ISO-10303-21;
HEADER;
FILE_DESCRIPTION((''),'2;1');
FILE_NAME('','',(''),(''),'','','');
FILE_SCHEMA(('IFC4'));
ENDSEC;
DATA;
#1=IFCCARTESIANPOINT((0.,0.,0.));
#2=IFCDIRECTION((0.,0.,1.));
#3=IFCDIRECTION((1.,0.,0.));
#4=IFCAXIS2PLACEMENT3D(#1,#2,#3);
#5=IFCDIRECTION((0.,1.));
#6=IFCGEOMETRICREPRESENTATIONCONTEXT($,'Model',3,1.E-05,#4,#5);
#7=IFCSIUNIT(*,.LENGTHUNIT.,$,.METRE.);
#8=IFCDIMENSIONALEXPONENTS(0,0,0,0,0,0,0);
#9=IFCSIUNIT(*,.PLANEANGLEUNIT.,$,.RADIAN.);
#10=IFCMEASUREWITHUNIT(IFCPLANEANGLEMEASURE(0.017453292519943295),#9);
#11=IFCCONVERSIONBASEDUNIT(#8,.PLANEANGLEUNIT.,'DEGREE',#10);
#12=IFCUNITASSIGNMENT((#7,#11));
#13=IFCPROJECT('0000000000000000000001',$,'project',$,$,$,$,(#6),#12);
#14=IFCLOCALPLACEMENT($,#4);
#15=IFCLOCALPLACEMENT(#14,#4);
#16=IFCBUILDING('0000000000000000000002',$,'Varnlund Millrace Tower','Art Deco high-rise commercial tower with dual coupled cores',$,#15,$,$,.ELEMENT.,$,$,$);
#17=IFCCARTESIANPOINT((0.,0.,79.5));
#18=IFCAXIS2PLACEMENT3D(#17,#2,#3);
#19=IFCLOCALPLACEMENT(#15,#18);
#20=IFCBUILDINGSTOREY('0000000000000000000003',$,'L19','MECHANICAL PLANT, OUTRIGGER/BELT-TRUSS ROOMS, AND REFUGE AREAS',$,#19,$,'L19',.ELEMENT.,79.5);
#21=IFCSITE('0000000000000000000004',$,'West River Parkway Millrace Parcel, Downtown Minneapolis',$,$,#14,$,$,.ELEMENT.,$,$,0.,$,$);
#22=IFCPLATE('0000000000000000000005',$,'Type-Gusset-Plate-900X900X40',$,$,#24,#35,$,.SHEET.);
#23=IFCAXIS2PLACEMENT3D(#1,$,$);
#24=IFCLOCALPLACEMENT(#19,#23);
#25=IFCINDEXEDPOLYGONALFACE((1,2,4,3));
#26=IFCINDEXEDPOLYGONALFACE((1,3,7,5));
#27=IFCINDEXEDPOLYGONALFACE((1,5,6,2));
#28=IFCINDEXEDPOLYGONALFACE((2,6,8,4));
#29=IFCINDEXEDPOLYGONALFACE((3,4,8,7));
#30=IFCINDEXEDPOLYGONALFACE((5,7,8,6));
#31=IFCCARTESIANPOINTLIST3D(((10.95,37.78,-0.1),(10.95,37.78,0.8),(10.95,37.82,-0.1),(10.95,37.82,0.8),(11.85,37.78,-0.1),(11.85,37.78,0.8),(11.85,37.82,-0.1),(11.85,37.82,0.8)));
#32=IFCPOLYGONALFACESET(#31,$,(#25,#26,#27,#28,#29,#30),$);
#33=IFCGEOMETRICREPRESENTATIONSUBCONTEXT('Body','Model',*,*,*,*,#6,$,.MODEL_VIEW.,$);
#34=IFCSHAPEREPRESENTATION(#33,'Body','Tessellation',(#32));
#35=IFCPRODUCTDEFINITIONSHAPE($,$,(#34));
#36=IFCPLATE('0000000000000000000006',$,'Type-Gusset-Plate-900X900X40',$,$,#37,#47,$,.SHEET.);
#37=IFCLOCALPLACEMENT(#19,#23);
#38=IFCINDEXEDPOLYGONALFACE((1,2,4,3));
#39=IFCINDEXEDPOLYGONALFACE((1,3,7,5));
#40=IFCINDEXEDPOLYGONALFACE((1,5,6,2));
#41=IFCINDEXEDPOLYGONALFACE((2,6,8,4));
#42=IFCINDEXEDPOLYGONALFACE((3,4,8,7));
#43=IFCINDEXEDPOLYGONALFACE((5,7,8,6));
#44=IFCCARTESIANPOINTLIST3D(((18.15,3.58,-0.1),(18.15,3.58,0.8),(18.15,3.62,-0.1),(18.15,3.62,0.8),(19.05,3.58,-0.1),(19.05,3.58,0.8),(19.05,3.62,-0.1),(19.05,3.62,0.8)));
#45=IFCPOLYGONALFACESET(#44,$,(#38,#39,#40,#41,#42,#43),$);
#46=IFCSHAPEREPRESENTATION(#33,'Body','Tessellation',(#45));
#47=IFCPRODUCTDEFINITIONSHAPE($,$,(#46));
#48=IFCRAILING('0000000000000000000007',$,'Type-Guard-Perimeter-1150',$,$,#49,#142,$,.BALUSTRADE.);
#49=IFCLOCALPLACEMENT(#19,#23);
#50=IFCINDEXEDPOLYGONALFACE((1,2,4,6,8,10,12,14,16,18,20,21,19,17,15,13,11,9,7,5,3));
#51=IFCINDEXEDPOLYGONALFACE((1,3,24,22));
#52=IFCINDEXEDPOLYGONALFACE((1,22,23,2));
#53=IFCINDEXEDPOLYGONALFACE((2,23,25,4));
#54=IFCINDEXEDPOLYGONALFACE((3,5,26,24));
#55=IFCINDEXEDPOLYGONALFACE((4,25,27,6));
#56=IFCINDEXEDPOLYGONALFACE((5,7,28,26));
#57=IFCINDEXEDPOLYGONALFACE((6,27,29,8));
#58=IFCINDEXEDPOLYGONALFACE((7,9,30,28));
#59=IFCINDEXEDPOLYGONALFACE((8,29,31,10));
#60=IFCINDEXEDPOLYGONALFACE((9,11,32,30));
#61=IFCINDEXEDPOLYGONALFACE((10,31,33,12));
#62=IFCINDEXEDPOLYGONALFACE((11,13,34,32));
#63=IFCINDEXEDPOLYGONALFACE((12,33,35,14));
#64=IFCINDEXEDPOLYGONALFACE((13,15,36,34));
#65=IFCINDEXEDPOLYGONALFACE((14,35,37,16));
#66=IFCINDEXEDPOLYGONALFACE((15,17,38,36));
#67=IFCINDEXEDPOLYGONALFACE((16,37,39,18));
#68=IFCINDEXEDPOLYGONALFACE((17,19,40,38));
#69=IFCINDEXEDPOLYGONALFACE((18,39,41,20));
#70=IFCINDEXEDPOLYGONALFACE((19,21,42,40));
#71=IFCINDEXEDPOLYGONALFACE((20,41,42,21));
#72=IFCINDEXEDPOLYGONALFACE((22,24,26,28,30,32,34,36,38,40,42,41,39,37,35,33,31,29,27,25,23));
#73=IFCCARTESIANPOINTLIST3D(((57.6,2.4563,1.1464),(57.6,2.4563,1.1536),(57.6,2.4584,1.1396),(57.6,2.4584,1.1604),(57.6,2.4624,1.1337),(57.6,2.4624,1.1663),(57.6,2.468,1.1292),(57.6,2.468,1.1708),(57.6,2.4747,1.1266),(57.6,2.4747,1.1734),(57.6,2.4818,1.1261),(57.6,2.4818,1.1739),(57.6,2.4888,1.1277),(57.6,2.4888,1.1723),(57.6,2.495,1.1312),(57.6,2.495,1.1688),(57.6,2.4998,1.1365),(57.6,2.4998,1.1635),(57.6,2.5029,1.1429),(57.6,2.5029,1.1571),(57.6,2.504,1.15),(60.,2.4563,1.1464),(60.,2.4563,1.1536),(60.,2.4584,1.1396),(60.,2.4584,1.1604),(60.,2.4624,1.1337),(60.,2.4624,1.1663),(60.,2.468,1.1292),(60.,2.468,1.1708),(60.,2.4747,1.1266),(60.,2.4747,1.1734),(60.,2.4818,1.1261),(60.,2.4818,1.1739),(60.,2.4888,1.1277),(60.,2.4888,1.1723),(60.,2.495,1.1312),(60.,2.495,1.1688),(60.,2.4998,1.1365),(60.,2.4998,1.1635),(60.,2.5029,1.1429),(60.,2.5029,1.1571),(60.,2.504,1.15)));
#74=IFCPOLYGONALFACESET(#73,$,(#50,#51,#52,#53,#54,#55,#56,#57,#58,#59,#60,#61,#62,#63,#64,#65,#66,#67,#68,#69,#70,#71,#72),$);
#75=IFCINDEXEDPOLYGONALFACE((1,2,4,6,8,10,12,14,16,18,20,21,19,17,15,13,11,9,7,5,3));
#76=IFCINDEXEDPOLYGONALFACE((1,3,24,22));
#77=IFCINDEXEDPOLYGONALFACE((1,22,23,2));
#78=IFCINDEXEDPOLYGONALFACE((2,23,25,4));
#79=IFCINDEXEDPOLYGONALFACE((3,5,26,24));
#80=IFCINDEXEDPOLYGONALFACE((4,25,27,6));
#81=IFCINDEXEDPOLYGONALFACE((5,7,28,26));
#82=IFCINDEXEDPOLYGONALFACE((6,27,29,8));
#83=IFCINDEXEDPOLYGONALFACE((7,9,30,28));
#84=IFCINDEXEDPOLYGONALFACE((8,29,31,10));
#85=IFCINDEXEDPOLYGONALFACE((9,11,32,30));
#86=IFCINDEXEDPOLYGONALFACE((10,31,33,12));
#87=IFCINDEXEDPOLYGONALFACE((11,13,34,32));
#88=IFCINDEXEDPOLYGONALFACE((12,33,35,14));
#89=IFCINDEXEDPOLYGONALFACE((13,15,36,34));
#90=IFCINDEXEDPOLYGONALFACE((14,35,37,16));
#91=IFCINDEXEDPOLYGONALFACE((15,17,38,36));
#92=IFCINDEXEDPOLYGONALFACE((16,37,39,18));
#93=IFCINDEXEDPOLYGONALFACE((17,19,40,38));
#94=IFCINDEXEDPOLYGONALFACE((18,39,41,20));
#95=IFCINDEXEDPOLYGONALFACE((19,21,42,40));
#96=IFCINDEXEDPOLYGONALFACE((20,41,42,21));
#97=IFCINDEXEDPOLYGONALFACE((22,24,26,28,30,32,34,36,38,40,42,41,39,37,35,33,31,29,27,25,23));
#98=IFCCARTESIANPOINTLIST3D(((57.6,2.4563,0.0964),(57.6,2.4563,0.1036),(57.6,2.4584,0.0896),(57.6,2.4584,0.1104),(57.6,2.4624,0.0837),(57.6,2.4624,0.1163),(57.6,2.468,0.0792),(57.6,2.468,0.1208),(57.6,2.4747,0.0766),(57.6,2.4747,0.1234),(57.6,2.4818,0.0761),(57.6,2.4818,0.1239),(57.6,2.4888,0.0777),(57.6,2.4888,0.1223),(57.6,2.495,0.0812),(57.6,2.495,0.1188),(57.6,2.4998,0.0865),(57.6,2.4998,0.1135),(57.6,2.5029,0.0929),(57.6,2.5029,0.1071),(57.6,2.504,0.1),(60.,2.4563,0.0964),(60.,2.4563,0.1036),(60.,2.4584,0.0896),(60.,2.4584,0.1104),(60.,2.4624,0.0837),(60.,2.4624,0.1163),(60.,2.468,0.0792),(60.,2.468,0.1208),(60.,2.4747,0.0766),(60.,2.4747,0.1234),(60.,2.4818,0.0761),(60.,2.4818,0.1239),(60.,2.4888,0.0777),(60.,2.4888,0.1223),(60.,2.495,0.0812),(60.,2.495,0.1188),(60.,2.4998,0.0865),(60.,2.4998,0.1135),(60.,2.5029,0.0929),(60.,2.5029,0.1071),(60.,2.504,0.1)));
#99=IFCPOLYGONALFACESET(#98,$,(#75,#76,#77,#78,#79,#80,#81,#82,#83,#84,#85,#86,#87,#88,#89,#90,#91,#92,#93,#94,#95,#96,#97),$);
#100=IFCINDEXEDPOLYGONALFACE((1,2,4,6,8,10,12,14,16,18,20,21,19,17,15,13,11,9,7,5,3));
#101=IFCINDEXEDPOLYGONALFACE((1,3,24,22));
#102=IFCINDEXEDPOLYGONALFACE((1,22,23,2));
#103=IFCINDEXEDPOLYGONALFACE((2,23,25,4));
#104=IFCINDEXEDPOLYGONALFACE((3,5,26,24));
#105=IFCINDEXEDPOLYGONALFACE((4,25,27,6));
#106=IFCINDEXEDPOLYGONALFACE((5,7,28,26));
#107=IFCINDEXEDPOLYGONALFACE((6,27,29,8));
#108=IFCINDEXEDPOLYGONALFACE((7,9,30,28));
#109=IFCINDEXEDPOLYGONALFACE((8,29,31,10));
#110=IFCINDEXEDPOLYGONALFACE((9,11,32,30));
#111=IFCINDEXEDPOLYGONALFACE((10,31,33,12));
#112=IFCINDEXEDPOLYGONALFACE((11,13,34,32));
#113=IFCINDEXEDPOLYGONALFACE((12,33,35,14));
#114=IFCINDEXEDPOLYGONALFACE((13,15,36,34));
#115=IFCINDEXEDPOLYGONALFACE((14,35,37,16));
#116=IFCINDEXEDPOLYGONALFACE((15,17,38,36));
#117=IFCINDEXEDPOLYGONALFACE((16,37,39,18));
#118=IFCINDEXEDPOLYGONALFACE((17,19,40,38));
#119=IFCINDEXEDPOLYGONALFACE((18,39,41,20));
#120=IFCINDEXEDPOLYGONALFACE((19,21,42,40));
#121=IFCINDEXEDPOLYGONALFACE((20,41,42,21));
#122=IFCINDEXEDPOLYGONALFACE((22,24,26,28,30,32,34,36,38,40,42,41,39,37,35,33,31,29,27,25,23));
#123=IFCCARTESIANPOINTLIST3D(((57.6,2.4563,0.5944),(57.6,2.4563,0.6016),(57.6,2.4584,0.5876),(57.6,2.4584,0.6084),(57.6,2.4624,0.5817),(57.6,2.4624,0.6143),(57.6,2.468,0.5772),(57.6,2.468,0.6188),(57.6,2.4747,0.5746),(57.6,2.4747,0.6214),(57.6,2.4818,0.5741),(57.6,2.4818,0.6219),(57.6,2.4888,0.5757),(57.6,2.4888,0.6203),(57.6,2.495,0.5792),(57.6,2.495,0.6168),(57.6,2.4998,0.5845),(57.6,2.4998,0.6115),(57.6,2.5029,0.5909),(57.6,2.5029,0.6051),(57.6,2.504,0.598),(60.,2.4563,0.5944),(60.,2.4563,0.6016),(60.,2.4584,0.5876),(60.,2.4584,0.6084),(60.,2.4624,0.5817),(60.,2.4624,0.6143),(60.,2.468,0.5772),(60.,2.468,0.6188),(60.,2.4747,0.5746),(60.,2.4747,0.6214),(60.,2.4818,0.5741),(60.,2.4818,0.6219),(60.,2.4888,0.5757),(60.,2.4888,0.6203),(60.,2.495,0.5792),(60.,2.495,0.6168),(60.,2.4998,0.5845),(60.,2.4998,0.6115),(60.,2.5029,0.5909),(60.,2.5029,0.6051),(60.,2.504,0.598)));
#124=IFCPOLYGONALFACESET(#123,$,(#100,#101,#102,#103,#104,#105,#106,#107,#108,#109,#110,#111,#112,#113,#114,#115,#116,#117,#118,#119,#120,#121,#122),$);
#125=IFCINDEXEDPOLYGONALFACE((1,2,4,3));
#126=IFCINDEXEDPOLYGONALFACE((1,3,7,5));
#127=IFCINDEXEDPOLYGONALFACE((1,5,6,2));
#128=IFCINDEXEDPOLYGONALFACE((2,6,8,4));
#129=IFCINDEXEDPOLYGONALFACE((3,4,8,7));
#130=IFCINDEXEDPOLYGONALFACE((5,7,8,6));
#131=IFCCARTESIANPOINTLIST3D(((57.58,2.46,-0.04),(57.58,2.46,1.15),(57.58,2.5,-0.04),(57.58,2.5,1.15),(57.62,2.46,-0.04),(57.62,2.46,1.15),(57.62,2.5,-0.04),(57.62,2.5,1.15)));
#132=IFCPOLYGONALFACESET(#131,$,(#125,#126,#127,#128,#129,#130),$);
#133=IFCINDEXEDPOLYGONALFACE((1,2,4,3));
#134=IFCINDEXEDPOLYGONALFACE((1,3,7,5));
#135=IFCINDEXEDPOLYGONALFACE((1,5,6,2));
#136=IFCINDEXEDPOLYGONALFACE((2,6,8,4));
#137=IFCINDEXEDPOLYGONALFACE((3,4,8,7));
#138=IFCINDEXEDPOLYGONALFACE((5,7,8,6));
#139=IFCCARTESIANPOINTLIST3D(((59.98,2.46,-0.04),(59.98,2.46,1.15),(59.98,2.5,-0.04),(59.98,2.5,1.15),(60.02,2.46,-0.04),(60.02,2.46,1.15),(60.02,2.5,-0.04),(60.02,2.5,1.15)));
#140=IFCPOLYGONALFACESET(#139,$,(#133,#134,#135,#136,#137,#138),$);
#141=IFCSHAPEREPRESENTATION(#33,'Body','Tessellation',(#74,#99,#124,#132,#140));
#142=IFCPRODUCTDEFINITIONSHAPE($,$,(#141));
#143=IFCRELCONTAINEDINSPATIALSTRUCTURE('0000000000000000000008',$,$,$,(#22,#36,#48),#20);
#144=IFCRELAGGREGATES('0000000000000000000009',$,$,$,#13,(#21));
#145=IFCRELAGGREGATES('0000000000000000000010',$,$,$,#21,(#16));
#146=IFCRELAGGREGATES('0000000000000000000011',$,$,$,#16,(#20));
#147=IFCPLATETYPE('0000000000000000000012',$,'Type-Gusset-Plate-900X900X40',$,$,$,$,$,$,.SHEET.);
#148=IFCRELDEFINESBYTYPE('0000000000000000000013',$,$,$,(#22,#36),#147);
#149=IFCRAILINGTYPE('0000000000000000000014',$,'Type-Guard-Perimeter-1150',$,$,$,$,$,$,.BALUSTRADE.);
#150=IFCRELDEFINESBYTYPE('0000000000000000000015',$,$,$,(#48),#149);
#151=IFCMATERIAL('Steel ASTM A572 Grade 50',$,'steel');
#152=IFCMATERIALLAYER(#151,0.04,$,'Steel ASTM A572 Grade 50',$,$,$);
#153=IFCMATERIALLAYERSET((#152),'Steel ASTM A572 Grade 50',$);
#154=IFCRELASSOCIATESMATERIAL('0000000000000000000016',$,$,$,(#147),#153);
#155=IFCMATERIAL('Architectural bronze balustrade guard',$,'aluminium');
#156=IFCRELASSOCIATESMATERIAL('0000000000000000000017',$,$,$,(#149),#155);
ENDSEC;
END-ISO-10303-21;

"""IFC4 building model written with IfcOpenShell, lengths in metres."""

from ifc_helpers import new_model, entity, si_unit, converted_unit, direction, frame, origin_with_axes, origin_2d_with_axis, place, context, subcontext, project, spatial, rectangle, circle, extrude, material, layer, layer_set, type_object, element, save


model = new_model("IFC4")

# Units and contexts
model_context = context("Model", 3, precision=1e-05, world=origin_with_axes(), true_north=direction((0.0, 1.0)))
body_context = subcontext(model_context, "Body", "Model", "MODEL_VIEW")
ifc_project = project(units=[si_unit("LENGTHUNIT", "METRE"), converted_unit("PLANEANGLEUNIT", "DEGREE", entity("IfcPlaneAngleMeasure", 0.017453292519943295), si_unit("PLANEANGLEUNIT", "RADIAN"), dimensions=[0, 0, 0, 0, 0, 0, 0])], contexts=[model_context])

# Site, building, storey
site_placement = place(None, origin_with_axes())
site = spatial("IfcSite", under=ifc_project, at=site_placement, Name="West River Parkway Millrace Parcel, Downtown Minneapolis", CompositionType="ELEMENT", RefElevation=0.0)
building_placement = place(site_placement, origin_with_axes())
building = spatial("IfcBuilding", under=site, at=building_placement, Name="Varnlund Millrace Tower", Description="Art Deco high-rise commercial tower with dual coupled cores", CompositionType="ELEMENT")
storey_placement = place(building_placement, frame((0.0, 0.0, 79.5), z_axis=(0.0, 0.0, 1.0), x_axis=(1.0, 0.0, 0.0)))
storey = spatial("IfcBuildingStorey", under=building, at=storey_placement, Name="L19", Description="MECHANICAL PLANT, OUTRIGGER/BELT-TRUSS ROOMS, AND REFUGE AREAS", LongName="L19", CompositionType="ELEMENT", Elevation=79.5)

# Plates
ifc_material_1 = material(Name="Steel ASTM A572 Grade 50", Category="steel")
ifc_layer_1 = layer(ifc_material_1, 0.04, Name="Steel ASTM A572 Grade 50")
ifc_layer_set_1 = layer_set([ifc_layer_1], Name="Steel ASTM A572 Grade 50")
plate_type = type_object("IfcPlateType", Name="Type-Gusset-Plate-900X900X40", PredefinedType="SHEET", material=ifc_layer_set_1)
for number, where, z_axis, x_axis, name in (
    (1, (11.4, 37.8, -0.1), (0.0, 0.0, 1.0), (1.0, 0.0, 0.0), "Type-Gusset-Plate-900X900X40"),
    (2, (18.6, 3.6, -0.1), (0.0, 0.0, 1.0), (1.0, 0.0, 0.0), "Type-Gusset-Plate-900X900X40"),
):
    element("IfcPlate", number, at=place(storey_placement, frame(where, z_axis=z_axis, x_axis=x_axis)), inside=storey, type_object=plate_type, Name=name, PredefinedType="SHEET", context=body_context, shape_type="SweptSolid", body=[
        extrude(rectangle(XDim=0.9, YDim=0.04, at=origin_2d_with_axis()), origin_with_axes(), (0.0, 0.0, 1.0), 0.9),
    ])

# Railing
ifc_material_2 = material(Name="Architectural bronze balustrade guard", Category="aluminium")
railing_type = type_object("IfcRailingType", Name="Type-Guard-Perimeter-1150", PredefinedType="BALUSTRADE", material=ifc_material_2)
railing_1_placement = place(storey_placement, frame((0.0, 0.0, -79.5), z_axis=(0.0, 0.0, 1.0), x_axis=(1.0, 0.0, 0.0)))
element("IfcRailing", 3, at=railing_1_placement, inside=storey, type_object=railing_type, Name="Type-Guard-Perimeter-1150", PredefinedType="BALUSTRADE", context=body_context, shape_type="SweptSolid", body=[
    extrude(circle(Radius=0.024, at=origin_2d_with_axis()), frame((57.6, 2.48, 80.65), z_axis=(1.0, 0.0, 0.0), x_axis=(0.0, 1.0, 0.0)), (0.0, 0.0, 1.0), 2.4),
    extrude(circle(Radius=0.024, at=origin_2d_with_axis()), frame((57.6, 2.48, 79.6), z_axis=(1.0, 0.0, 0.0), x_axis=(0.0, 1.0, 0.0)), (0.0, 0.0, 1.0), 2.4),
    extrude(circle(Radius=0.024, at=origin_2d_with_axis()), frame((57.6, 2.48, 80.098), z_axis=(1.0, 0.0, 0.0), x_axis=(0.0, 1.0, 0.0)), (0.0, 0.0, 1.0), 2.4),
    extrude(rectangle(XDim=0.04, YDim=0.04, at=origin_2d_with_axis()), frame((57.6, 2.48, 79.46), z_axis=(0.0, 0.0, 1.0), x_axis=(1.0, 0.0, 0.0)), (0.0, 0.0, 1.0), 1.19),
    extrude(rectangle(XDim=0.04, YDim=0.04, at=origin_2d_with_axis()), frame((60.0, 2.48, 79.46), z_axis=(0.0, 0.0, 1.0), x_axis=(1.0, 0.0, 0.0)), (0.0, 0.0, 1.0), 1.19),
])

save(model, "model.ifc")
